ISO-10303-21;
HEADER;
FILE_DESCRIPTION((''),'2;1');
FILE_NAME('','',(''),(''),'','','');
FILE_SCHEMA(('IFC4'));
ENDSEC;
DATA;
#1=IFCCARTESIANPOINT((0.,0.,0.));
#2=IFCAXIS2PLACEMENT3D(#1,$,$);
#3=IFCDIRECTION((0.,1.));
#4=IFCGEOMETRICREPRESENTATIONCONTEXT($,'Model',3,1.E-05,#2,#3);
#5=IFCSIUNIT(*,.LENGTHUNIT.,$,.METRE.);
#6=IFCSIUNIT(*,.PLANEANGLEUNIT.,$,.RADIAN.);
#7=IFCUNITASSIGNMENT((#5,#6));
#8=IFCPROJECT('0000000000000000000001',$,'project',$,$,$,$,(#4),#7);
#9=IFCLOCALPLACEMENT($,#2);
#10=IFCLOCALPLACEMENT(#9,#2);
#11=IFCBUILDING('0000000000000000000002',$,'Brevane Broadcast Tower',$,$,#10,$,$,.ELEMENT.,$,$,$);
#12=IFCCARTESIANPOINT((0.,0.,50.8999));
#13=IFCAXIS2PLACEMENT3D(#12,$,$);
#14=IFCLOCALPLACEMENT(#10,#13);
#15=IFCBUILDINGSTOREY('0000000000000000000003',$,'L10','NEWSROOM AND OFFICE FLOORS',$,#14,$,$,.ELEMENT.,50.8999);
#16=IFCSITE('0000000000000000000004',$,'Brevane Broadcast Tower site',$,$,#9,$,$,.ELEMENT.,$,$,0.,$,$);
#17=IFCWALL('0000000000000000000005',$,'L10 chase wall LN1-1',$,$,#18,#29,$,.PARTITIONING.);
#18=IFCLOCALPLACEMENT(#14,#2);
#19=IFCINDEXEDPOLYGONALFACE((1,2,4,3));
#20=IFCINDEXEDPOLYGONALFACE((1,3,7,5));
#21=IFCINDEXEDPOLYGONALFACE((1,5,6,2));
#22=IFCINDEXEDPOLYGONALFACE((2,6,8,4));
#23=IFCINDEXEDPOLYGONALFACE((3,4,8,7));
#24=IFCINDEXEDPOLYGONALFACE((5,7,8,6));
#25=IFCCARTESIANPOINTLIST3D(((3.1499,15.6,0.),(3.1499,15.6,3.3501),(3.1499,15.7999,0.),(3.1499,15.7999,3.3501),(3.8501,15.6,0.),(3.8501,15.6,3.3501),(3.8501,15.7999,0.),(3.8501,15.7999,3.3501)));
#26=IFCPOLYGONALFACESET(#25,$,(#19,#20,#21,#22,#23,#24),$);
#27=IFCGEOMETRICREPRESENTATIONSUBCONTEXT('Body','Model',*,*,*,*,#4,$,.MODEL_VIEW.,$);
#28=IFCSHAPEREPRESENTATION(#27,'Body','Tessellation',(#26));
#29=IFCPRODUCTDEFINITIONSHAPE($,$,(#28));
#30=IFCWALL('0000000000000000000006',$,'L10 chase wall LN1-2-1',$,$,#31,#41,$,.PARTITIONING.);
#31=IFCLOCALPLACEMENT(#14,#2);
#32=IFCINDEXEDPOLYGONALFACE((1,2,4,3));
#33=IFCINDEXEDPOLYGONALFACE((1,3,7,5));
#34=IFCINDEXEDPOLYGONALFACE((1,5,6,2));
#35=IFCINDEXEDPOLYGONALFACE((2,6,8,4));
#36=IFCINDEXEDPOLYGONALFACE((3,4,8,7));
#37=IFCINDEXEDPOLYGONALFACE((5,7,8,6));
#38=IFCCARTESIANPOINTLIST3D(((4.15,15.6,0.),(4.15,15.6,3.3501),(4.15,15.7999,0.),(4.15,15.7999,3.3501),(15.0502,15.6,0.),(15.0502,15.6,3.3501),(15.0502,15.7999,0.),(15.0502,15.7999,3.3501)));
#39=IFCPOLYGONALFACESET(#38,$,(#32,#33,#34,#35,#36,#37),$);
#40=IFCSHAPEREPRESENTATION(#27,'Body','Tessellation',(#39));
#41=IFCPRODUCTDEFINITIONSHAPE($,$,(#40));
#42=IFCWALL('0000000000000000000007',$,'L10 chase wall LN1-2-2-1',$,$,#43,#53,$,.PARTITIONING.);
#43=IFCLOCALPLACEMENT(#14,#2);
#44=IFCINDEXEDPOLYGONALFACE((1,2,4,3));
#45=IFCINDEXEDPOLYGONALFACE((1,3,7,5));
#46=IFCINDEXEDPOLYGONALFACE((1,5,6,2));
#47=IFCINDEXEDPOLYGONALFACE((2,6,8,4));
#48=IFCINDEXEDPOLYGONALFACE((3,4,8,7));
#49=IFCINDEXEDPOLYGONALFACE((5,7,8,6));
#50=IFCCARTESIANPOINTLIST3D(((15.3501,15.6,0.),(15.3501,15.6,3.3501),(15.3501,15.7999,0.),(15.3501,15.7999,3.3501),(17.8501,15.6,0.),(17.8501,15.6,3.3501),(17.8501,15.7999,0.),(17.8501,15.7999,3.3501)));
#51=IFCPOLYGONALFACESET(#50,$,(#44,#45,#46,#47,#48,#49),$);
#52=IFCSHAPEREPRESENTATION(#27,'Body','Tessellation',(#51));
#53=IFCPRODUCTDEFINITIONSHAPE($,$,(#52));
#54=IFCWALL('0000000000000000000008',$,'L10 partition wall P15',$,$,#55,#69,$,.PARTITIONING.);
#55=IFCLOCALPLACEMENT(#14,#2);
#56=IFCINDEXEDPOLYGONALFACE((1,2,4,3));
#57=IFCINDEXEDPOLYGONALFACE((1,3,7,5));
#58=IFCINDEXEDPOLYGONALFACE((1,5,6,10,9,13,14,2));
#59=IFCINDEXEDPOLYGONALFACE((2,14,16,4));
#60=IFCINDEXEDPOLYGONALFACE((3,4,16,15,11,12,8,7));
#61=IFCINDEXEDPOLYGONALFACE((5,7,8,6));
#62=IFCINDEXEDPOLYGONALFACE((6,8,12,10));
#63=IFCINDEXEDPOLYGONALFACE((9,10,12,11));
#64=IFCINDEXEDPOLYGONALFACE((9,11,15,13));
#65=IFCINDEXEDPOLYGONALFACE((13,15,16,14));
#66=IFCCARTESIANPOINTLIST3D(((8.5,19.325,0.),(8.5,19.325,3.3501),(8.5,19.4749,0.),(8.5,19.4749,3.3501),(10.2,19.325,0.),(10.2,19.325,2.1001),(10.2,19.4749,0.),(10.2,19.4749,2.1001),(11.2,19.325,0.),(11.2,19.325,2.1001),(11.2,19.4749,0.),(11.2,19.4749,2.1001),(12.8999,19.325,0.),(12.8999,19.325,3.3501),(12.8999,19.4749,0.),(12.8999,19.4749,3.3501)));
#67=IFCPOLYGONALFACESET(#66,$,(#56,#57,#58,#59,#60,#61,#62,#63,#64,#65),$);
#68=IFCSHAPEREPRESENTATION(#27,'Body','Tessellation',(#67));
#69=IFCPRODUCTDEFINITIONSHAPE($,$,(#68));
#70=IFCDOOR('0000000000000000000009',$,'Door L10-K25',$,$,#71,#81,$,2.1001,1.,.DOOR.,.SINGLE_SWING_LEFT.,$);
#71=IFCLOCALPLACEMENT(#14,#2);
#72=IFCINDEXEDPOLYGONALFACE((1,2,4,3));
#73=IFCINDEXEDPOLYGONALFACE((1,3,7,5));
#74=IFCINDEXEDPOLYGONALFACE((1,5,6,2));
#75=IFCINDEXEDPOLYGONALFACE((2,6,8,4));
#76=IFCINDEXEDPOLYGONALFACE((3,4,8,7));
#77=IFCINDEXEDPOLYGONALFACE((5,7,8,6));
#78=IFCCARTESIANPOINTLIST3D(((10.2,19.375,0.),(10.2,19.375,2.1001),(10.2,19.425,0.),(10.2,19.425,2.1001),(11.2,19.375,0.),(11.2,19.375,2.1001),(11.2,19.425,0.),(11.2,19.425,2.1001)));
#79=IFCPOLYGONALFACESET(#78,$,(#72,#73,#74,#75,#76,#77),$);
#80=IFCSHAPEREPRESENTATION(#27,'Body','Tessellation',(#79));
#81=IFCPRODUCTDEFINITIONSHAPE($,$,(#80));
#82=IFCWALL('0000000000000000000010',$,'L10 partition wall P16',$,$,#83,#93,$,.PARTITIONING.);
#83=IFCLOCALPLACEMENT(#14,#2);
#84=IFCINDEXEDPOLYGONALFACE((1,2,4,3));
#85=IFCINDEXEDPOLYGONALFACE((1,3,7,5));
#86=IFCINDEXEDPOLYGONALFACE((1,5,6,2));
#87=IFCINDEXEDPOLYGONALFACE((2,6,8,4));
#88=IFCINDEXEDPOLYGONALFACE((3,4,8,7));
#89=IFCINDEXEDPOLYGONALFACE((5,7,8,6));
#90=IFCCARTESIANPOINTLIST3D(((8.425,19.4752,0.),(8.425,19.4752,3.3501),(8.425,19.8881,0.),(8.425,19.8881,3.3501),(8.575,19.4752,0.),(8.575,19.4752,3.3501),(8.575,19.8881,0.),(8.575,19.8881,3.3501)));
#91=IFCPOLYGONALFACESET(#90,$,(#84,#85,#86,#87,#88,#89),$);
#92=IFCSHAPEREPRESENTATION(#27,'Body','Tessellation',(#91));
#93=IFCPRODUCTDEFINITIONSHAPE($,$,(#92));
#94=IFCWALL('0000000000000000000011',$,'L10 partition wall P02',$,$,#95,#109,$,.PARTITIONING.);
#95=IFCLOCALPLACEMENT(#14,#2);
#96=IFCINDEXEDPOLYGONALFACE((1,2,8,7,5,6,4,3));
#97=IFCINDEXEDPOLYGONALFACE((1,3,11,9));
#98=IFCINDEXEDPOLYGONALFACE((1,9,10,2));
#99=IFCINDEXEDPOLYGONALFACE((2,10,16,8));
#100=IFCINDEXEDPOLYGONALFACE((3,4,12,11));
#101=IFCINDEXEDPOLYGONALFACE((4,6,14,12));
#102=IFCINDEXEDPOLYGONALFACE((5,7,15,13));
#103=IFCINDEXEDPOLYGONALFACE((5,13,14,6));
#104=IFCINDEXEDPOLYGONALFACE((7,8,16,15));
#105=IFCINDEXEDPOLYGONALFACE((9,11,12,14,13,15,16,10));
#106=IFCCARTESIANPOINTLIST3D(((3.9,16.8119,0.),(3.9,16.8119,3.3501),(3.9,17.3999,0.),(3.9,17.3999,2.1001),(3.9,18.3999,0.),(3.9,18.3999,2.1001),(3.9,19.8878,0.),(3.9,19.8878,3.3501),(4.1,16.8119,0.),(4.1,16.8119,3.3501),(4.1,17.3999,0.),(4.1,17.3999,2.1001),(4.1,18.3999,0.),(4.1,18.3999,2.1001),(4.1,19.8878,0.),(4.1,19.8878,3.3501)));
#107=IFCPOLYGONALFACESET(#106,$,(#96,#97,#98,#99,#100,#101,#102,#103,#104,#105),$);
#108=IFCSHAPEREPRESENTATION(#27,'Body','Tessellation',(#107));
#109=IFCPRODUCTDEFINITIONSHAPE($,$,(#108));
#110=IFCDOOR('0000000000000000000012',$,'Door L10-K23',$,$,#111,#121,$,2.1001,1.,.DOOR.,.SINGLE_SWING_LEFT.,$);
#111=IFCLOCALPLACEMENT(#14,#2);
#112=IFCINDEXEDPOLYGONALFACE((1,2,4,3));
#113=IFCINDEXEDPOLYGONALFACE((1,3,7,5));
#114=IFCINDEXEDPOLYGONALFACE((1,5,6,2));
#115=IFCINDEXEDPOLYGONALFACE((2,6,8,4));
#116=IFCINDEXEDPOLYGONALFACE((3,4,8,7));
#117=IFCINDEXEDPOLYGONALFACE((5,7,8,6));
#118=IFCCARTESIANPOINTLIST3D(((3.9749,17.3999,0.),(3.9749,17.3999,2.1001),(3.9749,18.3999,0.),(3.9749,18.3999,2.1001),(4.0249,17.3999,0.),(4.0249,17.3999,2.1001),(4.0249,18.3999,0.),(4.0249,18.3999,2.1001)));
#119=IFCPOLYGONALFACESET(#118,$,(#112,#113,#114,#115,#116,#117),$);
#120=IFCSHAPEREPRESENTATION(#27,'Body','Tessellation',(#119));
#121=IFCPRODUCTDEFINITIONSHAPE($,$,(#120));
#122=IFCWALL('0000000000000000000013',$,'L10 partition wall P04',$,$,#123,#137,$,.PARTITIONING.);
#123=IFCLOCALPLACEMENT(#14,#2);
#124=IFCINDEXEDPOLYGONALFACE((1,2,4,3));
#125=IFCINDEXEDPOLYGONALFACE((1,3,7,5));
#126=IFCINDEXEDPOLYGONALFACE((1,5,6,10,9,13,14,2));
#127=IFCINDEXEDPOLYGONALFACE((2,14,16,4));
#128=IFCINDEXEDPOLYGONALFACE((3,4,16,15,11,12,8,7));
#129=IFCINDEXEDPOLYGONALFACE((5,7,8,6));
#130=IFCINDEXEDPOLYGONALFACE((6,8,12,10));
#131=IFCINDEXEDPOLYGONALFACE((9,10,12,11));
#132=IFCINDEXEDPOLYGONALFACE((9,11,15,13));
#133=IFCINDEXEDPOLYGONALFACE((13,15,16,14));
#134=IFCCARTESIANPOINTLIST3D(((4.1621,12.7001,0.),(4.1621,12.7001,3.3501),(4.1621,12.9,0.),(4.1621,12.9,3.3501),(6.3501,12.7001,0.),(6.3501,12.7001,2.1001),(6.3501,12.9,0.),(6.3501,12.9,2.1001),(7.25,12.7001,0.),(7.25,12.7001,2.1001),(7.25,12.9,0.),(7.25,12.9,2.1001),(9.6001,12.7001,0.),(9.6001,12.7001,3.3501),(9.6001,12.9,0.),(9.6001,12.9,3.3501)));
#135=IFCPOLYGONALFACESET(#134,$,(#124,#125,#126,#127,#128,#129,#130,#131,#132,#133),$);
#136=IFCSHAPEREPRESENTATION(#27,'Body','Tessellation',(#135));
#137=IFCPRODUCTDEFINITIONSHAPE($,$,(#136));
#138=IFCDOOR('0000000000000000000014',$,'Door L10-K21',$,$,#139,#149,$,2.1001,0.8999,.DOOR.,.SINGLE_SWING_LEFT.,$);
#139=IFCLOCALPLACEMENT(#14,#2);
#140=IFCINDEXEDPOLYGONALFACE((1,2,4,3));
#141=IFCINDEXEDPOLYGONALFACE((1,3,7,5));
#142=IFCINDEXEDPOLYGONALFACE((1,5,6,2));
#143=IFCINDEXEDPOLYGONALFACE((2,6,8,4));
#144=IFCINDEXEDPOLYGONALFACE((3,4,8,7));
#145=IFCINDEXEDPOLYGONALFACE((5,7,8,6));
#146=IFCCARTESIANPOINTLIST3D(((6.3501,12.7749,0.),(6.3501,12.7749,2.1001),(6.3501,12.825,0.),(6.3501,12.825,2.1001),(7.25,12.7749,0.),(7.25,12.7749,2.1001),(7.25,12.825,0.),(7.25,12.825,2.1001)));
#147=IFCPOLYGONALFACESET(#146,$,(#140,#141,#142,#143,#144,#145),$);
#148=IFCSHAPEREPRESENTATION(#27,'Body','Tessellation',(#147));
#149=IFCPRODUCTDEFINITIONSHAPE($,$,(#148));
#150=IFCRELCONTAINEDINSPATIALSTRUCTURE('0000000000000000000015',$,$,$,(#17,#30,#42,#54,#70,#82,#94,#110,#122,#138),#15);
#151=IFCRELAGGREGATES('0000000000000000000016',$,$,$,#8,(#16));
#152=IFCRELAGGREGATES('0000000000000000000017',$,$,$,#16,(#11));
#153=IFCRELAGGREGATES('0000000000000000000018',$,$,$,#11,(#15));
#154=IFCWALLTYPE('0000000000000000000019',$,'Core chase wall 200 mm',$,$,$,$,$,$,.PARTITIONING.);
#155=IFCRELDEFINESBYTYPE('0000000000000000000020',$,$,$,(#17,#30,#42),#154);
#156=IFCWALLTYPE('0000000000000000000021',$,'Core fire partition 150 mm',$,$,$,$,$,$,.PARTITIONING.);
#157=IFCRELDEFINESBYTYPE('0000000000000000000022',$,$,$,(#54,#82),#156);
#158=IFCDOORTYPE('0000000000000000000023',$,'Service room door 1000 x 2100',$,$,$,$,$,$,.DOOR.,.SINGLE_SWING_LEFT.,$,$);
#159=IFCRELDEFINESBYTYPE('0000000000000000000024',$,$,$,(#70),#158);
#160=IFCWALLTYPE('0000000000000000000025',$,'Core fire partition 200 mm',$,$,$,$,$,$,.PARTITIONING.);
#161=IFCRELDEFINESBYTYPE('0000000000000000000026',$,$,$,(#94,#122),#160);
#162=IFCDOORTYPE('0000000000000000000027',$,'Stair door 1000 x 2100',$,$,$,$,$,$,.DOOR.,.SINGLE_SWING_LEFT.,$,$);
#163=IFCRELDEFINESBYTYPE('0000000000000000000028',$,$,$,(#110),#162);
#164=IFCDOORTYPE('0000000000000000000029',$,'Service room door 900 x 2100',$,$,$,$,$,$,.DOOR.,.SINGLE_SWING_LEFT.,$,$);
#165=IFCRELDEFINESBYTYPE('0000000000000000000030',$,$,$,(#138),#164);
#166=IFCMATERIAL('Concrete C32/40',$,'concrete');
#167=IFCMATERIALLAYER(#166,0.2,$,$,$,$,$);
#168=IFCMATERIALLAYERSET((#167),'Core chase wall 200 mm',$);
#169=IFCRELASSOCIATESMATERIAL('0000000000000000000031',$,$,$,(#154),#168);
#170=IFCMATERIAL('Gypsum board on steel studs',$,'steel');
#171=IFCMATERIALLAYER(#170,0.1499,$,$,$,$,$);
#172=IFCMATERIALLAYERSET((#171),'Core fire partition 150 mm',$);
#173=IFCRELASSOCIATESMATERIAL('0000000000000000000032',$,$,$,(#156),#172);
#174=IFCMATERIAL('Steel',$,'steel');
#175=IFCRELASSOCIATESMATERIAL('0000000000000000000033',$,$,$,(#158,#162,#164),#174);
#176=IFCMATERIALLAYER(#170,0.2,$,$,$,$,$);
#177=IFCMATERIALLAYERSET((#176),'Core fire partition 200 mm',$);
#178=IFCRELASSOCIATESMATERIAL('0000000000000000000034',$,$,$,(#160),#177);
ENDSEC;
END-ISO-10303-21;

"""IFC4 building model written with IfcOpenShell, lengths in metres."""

from ifc_helpers import new_model, si_unit, direction, frame, frame_2d, origin, place, context, subcontext, project, spatial, rectangle, extrude, material, layer, layer_set, type_object, element, fill, save


model = new_model("IFC4")

# Units and contexts
model_context = context("Model", 3, precision=1e-05, world=origin(), true_north=direction((0.0, 1.0)))
body_context = subcontext(model_context, "Body", "Model", "MODEL_VIEW")
ifc_project = project(units=[si_unit("LENGTHUNIT", "METRE"), si_unit("PLANEANGLEUNIT", "RADIAN")], contexts=[model_context])

# Site, building, storey
site_placement = place(None, origin())
site = spatial("IfcSite", under=ifc_project, at=site_placement, Name="Brevane Broadcast Tower site", CompositionType="ELEMENT", RefElevation=0.0)
building_placement = place(site_placement, origin())
building = spatial("IfcBuilding", under=site, at=building_placement, Name="Brevane Broadcast Tower", CompositionType="ELEMENT")
storey_placement = place(building_placement, frame((0.0, 0.0, 50.8999)))
storey = spatial("IfcBuildingStorey", under=building, at=storey_placement, Name="L10", Description="NEWSROOM AND OFFICE FLOORS", CompositionType="ELEMENT", Elevation=50.8999)

# Walls
ifc_material_1 = material(Name="Concrete C32/40", Category="concrete")
ifc_layer_1 = layer(ifc_material_1, 0.2)
ifc_layer_set_1 = layer_set([ifc_layer_1], Name="Core chase wall 200 mm")
wall_type_1 = type_object("IfcWallType", Name="Core chase wall 200 mm", PredefinedType="PARTITIONING", material=ifc_layer_set_1)
wall_1_placement = place(storey_placement, frame((3.1499, 15.7, 0.0), z_axis=(0.0, 0.0, 1.0), x_axis=(1.0, 0.0, 0.0)))
element("IfcWall", 1, at=wall_1_placement, inside=storey, type_object=wall_type_1, Name="L10 chase wall LN1-1", PredefinedType="PARTITIONING", context=body_context, shape_type="SweptSolid", body=[
    extrude(rectangle(XDim=0.7002, YDim=0.2, at=frame_2d((0.3501, 0.0))), origin(), (0.0, 0.0, 1.0), 3.3501),
])
wall_2_placement = place(storey_placement, frame((4.1499, 15.7, 0.0), z_axis=(0.0, 0.0, 1.0), x_axis=(1.0, 0.0, 0.0)))
element("IfcWall", 2, at=wall_2_placement, inside=storey, type_object=wall_type_1, Name="L10 chase wall LN1-2-1", PredefinedType="PARTITIONING", context=body_context, shape_type="SweptSolid", body=[
    extrude(rectangle(XDim=10.9001, YDim=0.2, at=frame_2d((5.4502, 0.0))), origin(), (0.0, 0.0, 1.0), 3.3501),
])
wall_3_placement = place(storey_placement, frame((15.3501, 15.7, 0.0), z_axis=(0.0, 0.0, 1.0), x_axis=(1.0, 0.0, 0.0)))
element("IfcWall", 3, at=wall_3_placement, inside=storey, type_object=wall_type_1, Name="L10 chase wall LN1-2-2-1", PredefinedType="PARTITIONING", context=body_context, shape_type="SweptSolid", body=[
    extrude(rectangle(XDim=2.5, YDim=0.2, at=frame_2d((1.25, 0.0))), origin(), (0.0, 0.0, 1.0), 3.3501),
])

# Wall, opening, door
ifc_material_2 = material(Name="Gypsum board on steel studs", Category="steel")
ifc_layer_2 = layer(ifc_material_2, 0.1499)
ifc_layer_set_2 = layer_set([ifc_layer_2], Name="Core fire partition 150 mm")
wall_type_2 = type_object("IfcWallType", Name="Core fire partition 150 mm", PredefinedType="PARTITIONING", material=ifc_layer_set_2)
wall_4_placement = place(storey_placement, frame((12.8999, 19.3999, 0.0), z_axis=(0.0, 0.0, 1.0), x_axis=(-1.0, 0.0, 0.0)))
wall_4 = element("IfcWall", 4, at=wall_4_placement, inside=storey, type_object=wall_type_2, Name="L10 partition wall P15", PredefinedType="PARTITIONING", context=body_context, shape_type="SweptSolid", body=[
    extrude(rectangle(XDim=4.3999, YDim=0.1499, at=frame_2d((2.2, 0.0))), origin(), (0.0, 0.0, 1.0), 3.3501),
])
opening_1_placement = place(wall_4_placement, frame((1.7, 0.0, 0.0)))
opening_1 = element("IfcOpeningElement", 5, at=opening_1_placement, cuts=wall_4, PredefinedType="OPENING", context=body_context, shape_type="SweptSolid", body=[
    extrude(rectangle(XDim=1.0, YDim=2.1001, at=frame_2d((0.5, 1.05))), frame((0.0, 0.085, 0.0), z_axis=(0.0, -1.0, 0.0), x_axis=(1.0, 0.0, 0.0)), (0.0, 0.0, 1.0), 0.1699),
])
ifc_material_3 = material(Name="Steel", Category="steel")
door_type_1 = type_object("IfcDoorType", Name="Service room door 1000 x 2100", OperationType="SINGLE_SWING_LEFT", PredefinedType="DOOR", material=ifc_material_3)
door_1_placement = place(opening_1_placement, origin())
door_1 = element("IfcDoor", 6, at=door_1_placement, inside=storey, type_object=door_type_1, Name="Door L10-K25", OperationType="SINGLE_SWING_LEFT", OverallHeight=2.1001, OverallWidth=1.0, PredefinedType="DOOR", context=body_context, shape_type="SweptSolid", body=[
    extrude(rectangle(XDim=1.0, YDim=2.1001, at=frame_2d((0.5, 1.05))), frame((0.0, 0.0249, 0.0), z_axis=(0.0, -1.0, 0.0), x_axis=(1.0, 0.0, 0.0)), (0.0, 0.0, 1.0), 0.05),
])
fill(opening_1, door_1)

# Wall
wall_5_placement = place(storey_placement, frame((8.5, 19.4751, 0.0), z_axis=(0.0, 0.0, 1.0), x_axis=(0.0, 1.0, 0.0)))
element("IfcWall", 7, at=wall_5_placement, inside=storey, type_object=wall_type_2, Name="L10 partition wall P16", PredefinedType="PARTITIONING", context=body_context, shape_type="SweptSolid", body=[
    extrude(rectangle(XDim=0.4128, YDim=0.1499, at=frame_2d((0.2065, 0.0))), origin(), (0.0, 0.0, 1.0), 3.3501),
])

# Walls, openings, doors
ifc_layer_3 = layer(ifc_material_2, 0.2)
ifc_layer_set_3 = layer_set([ifc_layer_3], Name="Core fire partition 200 mm")
wall_type_3 = type_object("IfcWallType", Name="Core fire partition 200 mm", PredefinedType="PARTITIONING", material=ifc_layer_set_3)
wall_6_placement = place(storey_placement, frame((4.0, 19.8879, 0.0), z_axis=(0.0, 0.0, 1.0), x_axis=(0.0, -1.0, 0.0)))
wall_6 = element("IfcWall", 8, at=wall_6_placement, inside=storey, type_object=wall_type_3, Name="L10 partition wall P02", PredefinedType="PARTITIONING", context=body_context, shape_type="SweptSolid", body=[
    extrude(rectangle(XDim=3.0759, YDim=0.2, at=frame_2d((1.5381, 0.0))), origin(), (0.0, 0.0, 1.0), 3.3501),
])
opening_2_placement = place(wall_6_placement, frame((1.488, 0.0, 0.0)))
opening_2 = element("IfcOpeningElement", 9, at=opening_2_placement, cuts=wall_6, PredefinedType="OPENING", context=body_context, shape_type="SweptSolid", body=[
    extrude(rectangle(XDim=1.0, YDim=2.1001, at=frame_2d((0.5, 1.05))), frame((0.0, 0.1099, 0.0), z_axis=(0.0, -1.0, 0.0), x_axis=(1.0, 0.0, 0.0)), (0.0, 0.0, 1.0), 0.22),
])
door_type_2 = type_object("IfcDoorType", Name="Stair door 1000 x 2100", OperationType="SINGLE_SWING_LEFT", PredefinedType="DOOR", material=ifc_material_3)
door_2_placement = place(opening_2_placement, origin())
door_2 = element("IfcDoor", 10, at=door_2_placement, inside=storey, type_object=door_type_2, Name="Door L10-K23", OperationType="SINGLE_SWING_LEFT", OverallHeight=2.1001, OverallWidth=1.0, PredefinedType="DOOR", context=body_context, shape_type="SweptSolid", body=[
    extrude(rectangle(XDim=1.0, YDim=2.1001, at=frame_2d((0.5, 1.05))), frame((0.0, 0.0249, 0.0), z_axis=(0.0, -1.0, 0.0), x_axis=(1.0, 0.0, 0.0)), (0.0, 0.0, 1.0), 0.05),
])
fill(opening_2, door_2)
wall_7_placement = place(storey_placement, frame((4.1621, 12.8, 0.0), z_axis=(0.0, 0.0, 1.0), x_axis=(1.0, 0.0, 0.0)))
wall_7 = element("IfcWall", 11, at=wall_7_placement, inside=storey, type_object=wall_type_3, Name="L10 partition wall P04", PredefinedType="PARTITIONING", context=body_context, shape_type="SweptSolid", body=[
    extrude(rectangle(XDim=5.438, YDim=0.2, at=frame_2d((2.719, 0.0))), origin(), (0.0, 0.0, 1.0), 3.3501),
])
opening_3_placement = place(wall_7_placement, frame((2.188, 0.0, 0.0)))
opening_3 = element("IfcOpeningElement", 12, at=opening_3_placement, cuts=wall_7, PredefinedType="OPENING", context=body_context, shape_type="SweptSolid", body=[
    extrude(rectangle(XDim=0.8999, YDim=2.1001, at=frame_2d((0.45, 1.05))), frame((0.0, 0.1099, 0.0), z_axis=(0.0, -1.0, 0.0), x_axis=(1.0, 0.0, 0.0)), (0.0, 0.0, 1.0), 0.22),
])
door_type_3 = type_object("IfcDoorType", Name="Service room door 900 x 2100", OperationType="SINGLE_SWING_LEFT", PredefinedType="DOOR", material=ifc_material_3)
door_3_placement = place(opening_3_placement, origin())
door_3 = element("IfcDoor", 13, at=door_3_placement, inside=storey, type_object=door_type_3, Name="Door L10-K21", OperationType="SINGLE_SWING_LEFT", OverallHeight=2.1001, OverallWidth=0.8999, PredefinedType="DOOR", context=body_context, shape_type="SweptSolid", body=[
    extrude(rectangle(XDim=0.8999, YDim=2.1001, at=frame_2d((0.45, 1.05))), frame((0.0, 0.0249, 0.0), z_axis=(0.0, -1.0, 0.0), x_axis=(1.0, 0.0, 0.0)), (0.0, 0.0, 1.0), 0.05),
])
fill(opening_3, door_3)

save(model, "model.ifc")
